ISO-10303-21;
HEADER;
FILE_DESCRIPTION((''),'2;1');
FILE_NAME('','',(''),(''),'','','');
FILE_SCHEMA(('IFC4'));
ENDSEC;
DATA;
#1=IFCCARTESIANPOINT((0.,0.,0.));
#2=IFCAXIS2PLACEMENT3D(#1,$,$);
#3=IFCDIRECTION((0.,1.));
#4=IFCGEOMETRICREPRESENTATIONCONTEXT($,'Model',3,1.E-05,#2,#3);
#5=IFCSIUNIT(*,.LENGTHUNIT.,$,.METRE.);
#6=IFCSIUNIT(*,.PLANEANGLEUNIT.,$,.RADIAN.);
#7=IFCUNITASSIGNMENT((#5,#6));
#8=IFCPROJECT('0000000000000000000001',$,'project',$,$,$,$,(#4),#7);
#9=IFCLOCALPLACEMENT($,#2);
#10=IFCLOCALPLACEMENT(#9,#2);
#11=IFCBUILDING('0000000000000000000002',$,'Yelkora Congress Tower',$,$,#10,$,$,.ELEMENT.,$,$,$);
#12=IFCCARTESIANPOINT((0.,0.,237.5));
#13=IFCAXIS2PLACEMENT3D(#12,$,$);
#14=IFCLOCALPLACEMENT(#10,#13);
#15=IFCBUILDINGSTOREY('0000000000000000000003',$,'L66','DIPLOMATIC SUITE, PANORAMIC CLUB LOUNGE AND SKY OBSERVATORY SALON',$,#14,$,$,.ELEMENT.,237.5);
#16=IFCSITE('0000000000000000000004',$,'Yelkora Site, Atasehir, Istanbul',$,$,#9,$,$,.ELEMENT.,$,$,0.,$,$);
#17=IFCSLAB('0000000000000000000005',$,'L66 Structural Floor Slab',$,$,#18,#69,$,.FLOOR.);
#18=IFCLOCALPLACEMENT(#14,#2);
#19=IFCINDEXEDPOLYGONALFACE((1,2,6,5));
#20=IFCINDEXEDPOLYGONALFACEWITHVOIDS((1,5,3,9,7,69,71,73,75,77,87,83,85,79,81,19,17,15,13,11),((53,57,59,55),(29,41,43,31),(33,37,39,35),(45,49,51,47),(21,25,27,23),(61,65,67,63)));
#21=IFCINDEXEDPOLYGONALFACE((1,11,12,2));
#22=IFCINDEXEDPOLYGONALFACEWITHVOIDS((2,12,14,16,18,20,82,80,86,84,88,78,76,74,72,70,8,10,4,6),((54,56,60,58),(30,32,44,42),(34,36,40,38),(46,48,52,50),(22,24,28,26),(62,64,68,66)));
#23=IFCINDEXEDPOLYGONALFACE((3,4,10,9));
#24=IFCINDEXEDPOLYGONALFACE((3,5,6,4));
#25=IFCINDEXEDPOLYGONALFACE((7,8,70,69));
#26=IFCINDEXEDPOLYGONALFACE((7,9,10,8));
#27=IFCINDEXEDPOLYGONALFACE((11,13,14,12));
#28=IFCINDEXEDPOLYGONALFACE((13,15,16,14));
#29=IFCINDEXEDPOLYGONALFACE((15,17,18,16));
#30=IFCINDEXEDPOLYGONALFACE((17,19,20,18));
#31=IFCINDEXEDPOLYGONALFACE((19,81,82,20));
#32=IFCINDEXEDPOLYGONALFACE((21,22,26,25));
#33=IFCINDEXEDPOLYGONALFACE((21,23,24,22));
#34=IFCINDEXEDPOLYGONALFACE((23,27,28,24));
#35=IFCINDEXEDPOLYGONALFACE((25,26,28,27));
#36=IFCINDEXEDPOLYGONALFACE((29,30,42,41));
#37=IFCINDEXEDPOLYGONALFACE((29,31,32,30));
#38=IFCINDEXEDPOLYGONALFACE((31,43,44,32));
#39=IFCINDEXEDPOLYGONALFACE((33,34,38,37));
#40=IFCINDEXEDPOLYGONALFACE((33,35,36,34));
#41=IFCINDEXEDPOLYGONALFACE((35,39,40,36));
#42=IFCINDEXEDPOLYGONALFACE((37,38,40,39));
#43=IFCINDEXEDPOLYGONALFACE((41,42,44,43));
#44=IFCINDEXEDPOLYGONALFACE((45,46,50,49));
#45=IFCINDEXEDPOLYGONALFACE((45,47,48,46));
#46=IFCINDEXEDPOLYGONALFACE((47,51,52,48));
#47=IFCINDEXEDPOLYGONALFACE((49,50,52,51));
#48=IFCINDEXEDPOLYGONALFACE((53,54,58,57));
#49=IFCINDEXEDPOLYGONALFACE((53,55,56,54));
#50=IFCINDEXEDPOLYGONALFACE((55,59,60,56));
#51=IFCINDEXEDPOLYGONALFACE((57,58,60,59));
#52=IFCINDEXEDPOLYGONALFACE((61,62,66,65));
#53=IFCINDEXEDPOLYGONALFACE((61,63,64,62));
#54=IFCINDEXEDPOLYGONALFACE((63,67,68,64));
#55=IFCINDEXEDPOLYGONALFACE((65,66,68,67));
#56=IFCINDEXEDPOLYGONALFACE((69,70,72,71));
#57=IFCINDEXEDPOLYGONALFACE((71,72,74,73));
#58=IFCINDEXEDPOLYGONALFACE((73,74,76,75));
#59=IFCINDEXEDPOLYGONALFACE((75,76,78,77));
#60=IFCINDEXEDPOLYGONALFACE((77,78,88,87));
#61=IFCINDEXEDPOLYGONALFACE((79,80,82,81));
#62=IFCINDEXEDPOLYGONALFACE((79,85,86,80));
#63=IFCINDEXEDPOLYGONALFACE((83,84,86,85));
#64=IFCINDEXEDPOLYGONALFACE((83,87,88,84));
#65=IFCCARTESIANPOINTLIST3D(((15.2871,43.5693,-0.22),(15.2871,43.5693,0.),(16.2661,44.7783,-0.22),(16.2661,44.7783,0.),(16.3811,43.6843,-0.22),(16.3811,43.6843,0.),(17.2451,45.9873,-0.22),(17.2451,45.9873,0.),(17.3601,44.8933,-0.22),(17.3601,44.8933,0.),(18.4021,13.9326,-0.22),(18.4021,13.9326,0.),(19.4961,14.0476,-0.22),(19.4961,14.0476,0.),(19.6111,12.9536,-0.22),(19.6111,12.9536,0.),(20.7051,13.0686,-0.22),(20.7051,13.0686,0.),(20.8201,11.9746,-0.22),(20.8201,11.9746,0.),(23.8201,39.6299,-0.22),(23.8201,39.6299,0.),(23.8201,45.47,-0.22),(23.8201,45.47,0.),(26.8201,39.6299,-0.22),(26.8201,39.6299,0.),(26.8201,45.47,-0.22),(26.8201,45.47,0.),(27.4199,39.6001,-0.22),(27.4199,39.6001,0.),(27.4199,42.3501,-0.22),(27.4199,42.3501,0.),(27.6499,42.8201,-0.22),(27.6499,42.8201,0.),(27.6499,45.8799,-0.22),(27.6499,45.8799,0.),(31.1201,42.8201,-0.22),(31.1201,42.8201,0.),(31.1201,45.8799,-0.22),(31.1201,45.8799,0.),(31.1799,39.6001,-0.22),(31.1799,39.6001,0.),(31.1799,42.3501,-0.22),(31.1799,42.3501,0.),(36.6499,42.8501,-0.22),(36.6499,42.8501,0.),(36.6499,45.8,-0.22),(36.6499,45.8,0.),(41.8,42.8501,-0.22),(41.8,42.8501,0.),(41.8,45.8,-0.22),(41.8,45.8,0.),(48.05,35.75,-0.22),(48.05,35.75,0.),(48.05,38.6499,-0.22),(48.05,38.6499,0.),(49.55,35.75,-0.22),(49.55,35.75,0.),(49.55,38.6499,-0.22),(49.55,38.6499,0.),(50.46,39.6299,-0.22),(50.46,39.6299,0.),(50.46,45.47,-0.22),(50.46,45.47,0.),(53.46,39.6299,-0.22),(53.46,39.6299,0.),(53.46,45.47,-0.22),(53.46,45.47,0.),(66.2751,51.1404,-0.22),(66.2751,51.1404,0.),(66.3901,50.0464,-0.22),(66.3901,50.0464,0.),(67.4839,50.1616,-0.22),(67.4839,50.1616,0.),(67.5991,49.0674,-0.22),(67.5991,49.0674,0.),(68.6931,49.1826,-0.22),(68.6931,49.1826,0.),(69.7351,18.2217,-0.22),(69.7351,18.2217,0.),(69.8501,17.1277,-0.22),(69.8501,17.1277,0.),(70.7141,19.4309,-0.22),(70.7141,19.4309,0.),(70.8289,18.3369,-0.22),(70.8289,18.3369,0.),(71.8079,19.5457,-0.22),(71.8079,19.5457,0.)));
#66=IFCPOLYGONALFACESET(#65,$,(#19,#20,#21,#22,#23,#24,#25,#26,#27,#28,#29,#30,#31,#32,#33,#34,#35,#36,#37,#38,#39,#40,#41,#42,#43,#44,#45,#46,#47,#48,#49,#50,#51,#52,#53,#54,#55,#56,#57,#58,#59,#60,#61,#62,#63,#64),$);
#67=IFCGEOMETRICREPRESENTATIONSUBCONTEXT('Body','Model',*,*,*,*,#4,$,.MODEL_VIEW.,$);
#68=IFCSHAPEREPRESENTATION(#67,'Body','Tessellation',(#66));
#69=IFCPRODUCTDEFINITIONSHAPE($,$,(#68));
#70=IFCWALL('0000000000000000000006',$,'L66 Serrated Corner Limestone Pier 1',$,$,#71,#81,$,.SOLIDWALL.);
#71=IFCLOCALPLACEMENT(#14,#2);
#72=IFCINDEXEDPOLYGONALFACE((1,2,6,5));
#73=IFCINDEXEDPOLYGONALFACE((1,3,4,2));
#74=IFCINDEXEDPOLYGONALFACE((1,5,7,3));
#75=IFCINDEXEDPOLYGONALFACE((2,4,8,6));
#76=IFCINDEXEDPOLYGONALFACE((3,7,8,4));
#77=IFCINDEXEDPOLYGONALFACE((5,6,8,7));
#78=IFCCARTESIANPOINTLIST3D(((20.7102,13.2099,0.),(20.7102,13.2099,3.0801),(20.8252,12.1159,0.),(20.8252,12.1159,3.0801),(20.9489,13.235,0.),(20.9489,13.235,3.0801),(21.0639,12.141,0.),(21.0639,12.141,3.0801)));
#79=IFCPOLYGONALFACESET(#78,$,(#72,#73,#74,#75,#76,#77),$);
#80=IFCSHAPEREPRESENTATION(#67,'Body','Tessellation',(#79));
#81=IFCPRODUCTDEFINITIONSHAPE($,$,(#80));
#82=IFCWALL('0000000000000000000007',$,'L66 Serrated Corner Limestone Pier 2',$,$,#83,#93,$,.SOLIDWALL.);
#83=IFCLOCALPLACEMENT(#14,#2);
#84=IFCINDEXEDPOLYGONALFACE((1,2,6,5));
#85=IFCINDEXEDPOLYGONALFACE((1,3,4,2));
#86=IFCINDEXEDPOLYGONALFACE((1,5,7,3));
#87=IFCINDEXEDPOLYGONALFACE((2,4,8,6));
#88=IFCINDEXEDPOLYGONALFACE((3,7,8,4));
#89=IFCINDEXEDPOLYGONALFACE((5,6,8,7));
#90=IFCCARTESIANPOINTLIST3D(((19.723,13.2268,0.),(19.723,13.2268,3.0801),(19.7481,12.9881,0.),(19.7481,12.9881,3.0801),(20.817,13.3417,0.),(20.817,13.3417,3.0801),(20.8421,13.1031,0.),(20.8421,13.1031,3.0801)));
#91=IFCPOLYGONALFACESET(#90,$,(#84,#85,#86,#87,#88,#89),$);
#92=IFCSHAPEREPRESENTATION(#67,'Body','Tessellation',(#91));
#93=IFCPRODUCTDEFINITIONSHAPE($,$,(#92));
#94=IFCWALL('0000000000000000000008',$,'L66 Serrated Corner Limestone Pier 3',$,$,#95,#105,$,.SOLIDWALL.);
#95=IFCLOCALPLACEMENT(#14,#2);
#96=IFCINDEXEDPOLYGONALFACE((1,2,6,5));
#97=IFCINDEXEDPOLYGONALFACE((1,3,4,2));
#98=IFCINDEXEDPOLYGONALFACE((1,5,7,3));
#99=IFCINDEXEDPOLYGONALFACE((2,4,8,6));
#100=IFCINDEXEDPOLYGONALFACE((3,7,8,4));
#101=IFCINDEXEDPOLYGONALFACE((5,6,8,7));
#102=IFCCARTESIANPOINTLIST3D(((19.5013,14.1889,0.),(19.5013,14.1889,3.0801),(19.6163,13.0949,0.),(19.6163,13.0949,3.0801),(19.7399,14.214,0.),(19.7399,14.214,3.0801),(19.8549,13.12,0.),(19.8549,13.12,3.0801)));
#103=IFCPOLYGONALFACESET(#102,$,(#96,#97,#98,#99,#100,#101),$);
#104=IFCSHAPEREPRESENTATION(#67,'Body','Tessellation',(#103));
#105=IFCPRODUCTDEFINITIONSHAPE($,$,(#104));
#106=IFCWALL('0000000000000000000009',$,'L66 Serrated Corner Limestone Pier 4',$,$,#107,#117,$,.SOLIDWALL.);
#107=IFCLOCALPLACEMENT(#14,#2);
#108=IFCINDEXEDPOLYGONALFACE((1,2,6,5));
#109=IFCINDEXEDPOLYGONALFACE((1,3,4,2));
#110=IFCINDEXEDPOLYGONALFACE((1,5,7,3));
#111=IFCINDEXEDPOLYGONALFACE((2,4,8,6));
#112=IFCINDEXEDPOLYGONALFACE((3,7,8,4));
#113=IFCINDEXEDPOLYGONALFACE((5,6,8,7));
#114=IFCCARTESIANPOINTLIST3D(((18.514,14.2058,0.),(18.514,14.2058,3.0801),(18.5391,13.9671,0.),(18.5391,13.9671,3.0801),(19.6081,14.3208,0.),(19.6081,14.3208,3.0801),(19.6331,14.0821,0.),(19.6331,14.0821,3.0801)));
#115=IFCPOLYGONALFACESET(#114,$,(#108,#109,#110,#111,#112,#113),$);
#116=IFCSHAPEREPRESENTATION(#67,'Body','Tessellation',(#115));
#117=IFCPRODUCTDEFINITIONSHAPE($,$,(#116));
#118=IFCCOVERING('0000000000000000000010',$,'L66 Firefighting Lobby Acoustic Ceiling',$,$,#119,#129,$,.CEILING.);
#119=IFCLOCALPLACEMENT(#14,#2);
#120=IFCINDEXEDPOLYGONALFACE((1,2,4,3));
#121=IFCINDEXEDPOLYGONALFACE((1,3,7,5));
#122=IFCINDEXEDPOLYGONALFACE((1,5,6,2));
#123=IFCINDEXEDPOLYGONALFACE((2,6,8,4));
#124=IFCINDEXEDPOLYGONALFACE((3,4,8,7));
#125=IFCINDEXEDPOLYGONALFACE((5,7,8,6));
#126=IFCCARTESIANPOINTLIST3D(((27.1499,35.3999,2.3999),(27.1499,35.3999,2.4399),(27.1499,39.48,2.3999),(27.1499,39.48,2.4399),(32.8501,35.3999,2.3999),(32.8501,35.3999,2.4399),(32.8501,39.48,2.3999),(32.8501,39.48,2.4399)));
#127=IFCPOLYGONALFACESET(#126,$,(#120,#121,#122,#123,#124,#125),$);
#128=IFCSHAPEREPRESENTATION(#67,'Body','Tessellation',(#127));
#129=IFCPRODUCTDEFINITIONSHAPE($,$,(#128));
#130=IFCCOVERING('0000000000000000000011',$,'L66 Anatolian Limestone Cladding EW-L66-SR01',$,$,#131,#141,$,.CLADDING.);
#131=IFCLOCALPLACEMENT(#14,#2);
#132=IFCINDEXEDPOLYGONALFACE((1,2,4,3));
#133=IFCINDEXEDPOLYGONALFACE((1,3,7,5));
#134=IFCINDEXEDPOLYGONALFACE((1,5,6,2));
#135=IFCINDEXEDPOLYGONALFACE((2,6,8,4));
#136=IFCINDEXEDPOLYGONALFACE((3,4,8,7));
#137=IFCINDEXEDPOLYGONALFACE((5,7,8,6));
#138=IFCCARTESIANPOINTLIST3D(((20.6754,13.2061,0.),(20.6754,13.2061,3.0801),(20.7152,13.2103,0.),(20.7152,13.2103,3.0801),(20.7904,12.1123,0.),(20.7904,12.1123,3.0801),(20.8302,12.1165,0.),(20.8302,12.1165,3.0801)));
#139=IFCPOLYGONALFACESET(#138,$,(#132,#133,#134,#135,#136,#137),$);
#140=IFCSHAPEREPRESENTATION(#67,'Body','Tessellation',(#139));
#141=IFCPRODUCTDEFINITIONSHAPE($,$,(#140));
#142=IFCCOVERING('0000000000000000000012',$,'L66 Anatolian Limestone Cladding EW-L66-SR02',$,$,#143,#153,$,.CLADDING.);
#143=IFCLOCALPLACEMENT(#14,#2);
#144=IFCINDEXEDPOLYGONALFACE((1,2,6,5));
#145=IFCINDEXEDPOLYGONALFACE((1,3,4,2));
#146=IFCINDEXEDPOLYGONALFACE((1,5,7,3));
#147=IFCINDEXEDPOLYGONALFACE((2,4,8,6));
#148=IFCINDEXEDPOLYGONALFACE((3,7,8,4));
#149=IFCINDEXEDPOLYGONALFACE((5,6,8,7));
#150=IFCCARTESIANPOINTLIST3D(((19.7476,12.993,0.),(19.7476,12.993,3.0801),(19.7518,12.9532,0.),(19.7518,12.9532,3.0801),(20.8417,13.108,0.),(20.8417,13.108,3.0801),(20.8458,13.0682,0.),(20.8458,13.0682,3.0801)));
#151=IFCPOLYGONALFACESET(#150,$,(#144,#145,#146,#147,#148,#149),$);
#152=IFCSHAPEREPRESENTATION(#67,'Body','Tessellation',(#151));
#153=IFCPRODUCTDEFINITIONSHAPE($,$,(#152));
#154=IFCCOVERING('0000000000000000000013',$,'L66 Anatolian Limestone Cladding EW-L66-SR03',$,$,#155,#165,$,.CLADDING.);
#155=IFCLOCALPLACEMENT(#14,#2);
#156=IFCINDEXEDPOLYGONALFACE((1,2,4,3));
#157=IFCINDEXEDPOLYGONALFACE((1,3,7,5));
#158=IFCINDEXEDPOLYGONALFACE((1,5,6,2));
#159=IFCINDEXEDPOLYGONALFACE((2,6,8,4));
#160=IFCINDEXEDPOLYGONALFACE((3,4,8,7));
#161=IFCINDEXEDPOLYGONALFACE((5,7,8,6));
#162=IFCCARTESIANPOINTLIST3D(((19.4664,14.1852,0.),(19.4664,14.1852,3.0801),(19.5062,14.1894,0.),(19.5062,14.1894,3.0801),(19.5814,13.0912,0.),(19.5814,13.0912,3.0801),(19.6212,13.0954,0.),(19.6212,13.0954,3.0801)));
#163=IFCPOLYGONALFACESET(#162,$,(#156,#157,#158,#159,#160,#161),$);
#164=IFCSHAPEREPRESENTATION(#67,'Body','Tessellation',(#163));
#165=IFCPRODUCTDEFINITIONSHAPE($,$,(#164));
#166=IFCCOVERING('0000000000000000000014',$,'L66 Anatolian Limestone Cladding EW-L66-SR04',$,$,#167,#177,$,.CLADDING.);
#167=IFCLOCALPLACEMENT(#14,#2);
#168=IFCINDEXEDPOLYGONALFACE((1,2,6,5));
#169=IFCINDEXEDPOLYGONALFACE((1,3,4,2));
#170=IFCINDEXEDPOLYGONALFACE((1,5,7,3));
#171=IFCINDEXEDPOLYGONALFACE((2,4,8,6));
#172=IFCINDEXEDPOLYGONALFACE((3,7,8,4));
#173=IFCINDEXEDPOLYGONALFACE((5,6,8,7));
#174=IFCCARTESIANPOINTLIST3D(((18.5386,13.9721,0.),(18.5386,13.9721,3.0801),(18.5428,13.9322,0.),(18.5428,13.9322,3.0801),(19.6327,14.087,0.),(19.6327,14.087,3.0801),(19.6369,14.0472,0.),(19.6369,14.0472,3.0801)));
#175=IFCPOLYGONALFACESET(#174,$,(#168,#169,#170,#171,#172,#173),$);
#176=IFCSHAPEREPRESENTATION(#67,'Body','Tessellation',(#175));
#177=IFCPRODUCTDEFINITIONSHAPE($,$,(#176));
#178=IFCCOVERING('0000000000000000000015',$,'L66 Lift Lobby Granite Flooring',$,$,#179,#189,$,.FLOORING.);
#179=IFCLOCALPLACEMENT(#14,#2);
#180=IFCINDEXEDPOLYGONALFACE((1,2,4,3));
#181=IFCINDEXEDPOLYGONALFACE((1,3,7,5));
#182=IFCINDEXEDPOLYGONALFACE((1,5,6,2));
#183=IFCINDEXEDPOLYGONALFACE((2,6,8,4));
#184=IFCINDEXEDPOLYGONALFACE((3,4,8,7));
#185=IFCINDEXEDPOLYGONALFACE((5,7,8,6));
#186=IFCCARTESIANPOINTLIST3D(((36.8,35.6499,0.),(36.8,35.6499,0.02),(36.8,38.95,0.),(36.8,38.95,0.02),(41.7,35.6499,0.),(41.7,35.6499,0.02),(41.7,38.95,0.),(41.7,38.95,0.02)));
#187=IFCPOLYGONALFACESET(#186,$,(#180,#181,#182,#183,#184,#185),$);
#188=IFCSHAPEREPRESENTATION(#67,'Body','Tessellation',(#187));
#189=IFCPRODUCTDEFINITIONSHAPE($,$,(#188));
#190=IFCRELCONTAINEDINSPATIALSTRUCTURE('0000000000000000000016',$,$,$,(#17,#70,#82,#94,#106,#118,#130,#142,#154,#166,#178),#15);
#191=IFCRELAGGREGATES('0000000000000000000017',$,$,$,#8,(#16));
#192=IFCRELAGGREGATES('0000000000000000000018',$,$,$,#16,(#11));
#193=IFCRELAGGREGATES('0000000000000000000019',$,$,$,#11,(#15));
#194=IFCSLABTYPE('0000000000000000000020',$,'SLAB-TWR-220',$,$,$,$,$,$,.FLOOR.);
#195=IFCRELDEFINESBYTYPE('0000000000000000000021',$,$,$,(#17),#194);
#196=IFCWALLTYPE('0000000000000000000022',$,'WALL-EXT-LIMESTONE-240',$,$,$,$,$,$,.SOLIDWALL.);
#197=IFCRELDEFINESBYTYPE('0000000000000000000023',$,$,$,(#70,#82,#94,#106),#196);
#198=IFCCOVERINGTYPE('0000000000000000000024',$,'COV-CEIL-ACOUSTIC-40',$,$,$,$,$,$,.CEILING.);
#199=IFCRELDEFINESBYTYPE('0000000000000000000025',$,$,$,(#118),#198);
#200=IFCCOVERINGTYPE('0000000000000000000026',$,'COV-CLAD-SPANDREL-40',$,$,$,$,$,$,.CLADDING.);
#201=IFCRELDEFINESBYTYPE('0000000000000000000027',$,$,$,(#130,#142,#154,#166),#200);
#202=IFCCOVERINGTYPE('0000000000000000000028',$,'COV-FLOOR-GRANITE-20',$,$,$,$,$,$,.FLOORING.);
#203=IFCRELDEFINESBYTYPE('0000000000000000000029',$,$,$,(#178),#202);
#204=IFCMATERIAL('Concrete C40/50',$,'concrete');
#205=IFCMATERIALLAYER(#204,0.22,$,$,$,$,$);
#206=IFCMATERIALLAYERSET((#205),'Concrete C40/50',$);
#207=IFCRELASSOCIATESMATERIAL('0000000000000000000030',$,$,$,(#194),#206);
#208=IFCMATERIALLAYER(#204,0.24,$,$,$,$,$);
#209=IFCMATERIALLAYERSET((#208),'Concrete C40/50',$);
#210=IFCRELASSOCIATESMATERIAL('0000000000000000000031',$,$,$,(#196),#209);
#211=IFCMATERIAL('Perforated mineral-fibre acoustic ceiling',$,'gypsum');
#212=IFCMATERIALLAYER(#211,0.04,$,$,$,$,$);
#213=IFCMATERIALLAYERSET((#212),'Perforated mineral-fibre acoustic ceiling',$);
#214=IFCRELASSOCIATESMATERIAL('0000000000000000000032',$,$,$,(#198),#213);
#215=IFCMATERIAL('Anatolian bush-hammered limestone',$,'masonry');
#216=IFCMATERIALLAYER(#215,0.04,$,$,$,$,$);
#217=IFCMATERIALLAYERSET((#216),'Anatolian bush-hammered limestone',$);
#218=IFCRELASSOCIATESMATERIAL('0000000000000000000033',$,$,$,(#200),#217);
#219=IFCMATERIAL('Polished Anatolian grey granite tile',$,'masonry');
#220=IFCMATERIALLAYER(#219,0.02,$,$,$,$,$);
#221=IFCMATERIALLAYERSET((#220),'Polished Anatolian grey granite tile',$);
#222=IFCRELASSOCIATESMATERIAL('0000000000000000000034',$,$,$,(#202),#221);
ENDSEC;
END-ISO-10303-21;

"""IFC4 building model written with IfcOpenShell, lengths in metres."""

from ifc_helpers import new_model, si_unit, direction, frame, frame_2d, origin, place, context, subcontext, project, spatial, polyline, rectangle, outline, extrude, material, layer, layer_set, type_object, element, save


model = new_model("IFC4")

# Units and contexts
model_context = context("Model", 3, precision=1e-05, world=origin(), true_north=direction((0.0, 1.0)))
body_context = subcontext(model_context, "Body", "Model", "MODEL_VIEW")
ifc_project = project(units=[si_unit("LENGTHUNIT", "METRE"), si_unit("PLANEANGLEUNIT", "RADIAN")], contexts=[model_context])

# Site, building, storey
site_placement = place(None, origin())
site = spatial("IfcSite", under=ifc_project, at=site_placement, Name="Yelkora Site, Atasehir, Istanbul", CompositionType="ELEMENT", RefElevation=0.0)
building_placement = place(site_placement, origin())
building = spatial("IfcBuilding", under=site, at=building_placement, Name="Yelkora Congress Tower", CompositionType="ELEMENT")
storey_placement = place(building_placement, frame((0.0, 0.0, 237.5)))
storey = spatial("IfcBuildingStorey", under=building, at=storey_placement, Name="L66", Description="DIPLOMATIC SUITE, PANORAMIC CLUB LOUNGE AND SKY OBSERVATORY SALON", CompositionType="ELEMENT", Elevation=237.5)

# Shared definitions
ifc_material_1 = material(Name="Concrete C40/50", Category="concrete")

# Slab
ifc_layer_1 = layer(ifc_material_1, 0.22)
ifc_layer_set_1 = layer_set([ifc_layer_1], Name="Concrete C40/50")
slab_type_1 = type_object("IfcSlabType", Name="SLAB-TWR-220", PredefinedType="FLOOR", material=ifc_layer_set_1)
slab_1_placement = place(storey_placement, frame((0.0, 0.0, -0.22)))
element("IfcSlab", 1, at=slab_1_placement, inside=storey, type_object=slab_type_1, Name="L66 Structural Floor Slab", PredefinedType="FLOOR", context=body_context, shape_type="SweptSolid", body=[
    extrude(outline(polyline([(20.8201, 11.9746), (69.8501, 17.1277), (69.7351, 18.2217), (70.8289, 18.3369), (70.7141, 19.4309), (71.8079, 19.5457), (68.6931, 49.1826), (67.5991, 49.0674), (67.4839, 50.1616), (66.3901, 50.0464), (66.2751, 51.1404), (17.2451, 45.9873), (17.3601, 44.8933), (16.2661, 44.7783), (16.3811, 43.6843), (15.2871, 43.5693), (18.4021, 13.9326), (19.4961, 14.0476), (19.6111, 12.9536), (20.7051, 13.0686), (20.8201, 11.9746)]), holes=[polyline([(23.8201, 39.6299), (26.8201, 39.6299), (26.8201, 45.47), (23.8201, 45.47), (23.8201, 39.6299)]), polyline([(50.46, 39.6299), (53.46, 39.6299), (53.46, 45.47), (50.46, 45.47), (50.46, 39.6299)]), polyline([(48.05, 35.75), (49.55, 35.75), (49.55, 38.6499), (48.05, 38.6499), (48.05, 35.75)]), polyline([(36.6499, 42.8501), (41.8, 42.8501), (41.8, 45.8), (36.6499, 45.8), (36.6499, 42.8501)]), polyline([(27.4199, 39.6001), (31.1799, 39.6001), (31.1799, 42.3501), (27.4199, 42.3501), (27.4199, 39.6001)]), polyline([(27.6499, 42.8201), (31.1201, 42.8201), (31.1201, 45.8799), (27.6499, 45.8799), (27.6499, 42.8201)])]), origin(), (0.0, 0.0, 1.0), 0.22),
])

# Walls
ifc_layer_2 = layer(ifc_material_1, 0.24)
ifc_layer_set_2 = layer_set([ifc_layer_2], Name="Concrete C40/50")
wall_type = type_object("IfcWallType", Name="WALL-EXT-LIMESTONE-240", PredefinedType="SOLIDWALL", material=ifc_layer_set_2)
for number, where, z_axis, x_axis, name in (
    (2, (20.9446, 12.1284, 0.0), (0.0, 0.0, 1.0), (-0.104535, 0.994521, 0.0), "L66 Serrated Corner Limestone Pier 1"),
    (3, (20.8296, 13.2224, 0.0), (0.0, 0.0, 1.0), (-0.994521, -0.104535, 0.0), "L66 Serrated Corner Limestone Pier 2"),
    (4, (19.7356, 13.1074, 0.0), (0.0, 0.0, 1.0), (-0.104535, 0.994521, 0.0), "L66 Serrated Corner Limestone Pier 3"),
    (5, (19.6206, 14.2014, 0.0), (0.0, 0.0, 1.0), (-0.994521, -0.104535, 0.0), "L66 Serrated Corner Limestone Pier 4"),
):
    element("IfcWall", number, at=place(storey_placement, frame(where, z_axis=z_axis, x_axis=x_axis)), inside=storey, type_object=wall_type, Name=name, PredefinedType="SOLIDWALL", context=body_context, shape_type="SweptSolid", body=[
        extrude(rectangle(XDim=1.1001, YDim=0.24, at=frame_2d((0.55, 0.0))), origin(), (0.0, 0.0, 1.0), 3.0801),
    ])

# Coverings
ifc_material_2 = material(Name="Perforated mineral-fibre acoustic ceiling", Category="gypsum")
ifc_layer_3 = layer(ifc_material_2, 0.04)
ifc_layer_set_3 = layer_set([ifc_layer_3], Name="Perforated mineral-fibre acoustic ceiling")
covering_type_1 = type_object("IfcCoveringType", Name="COV-CEIL-ACOUSTIC-40", PredefinedType="CEILING", material=ifc_layer_set_3)
covering_1_placement = place(storey_placement, frame((0.0, 0.0, 2.3999)))
element("IfcCovering", 6, at=covering_1_placement, inside=storey, type_object=covering_type_1, Name="L66 Firefighting Lobby Acoustic Ceiling", PredefinedType="CEILING", context=body_context, shape_type="SweptSolid", body=[
    extrude(outline(polyline([(27.1499, 35.3999), (32.8501, 35.3999), (32.8501, 39.48), (27.1499, 39.48), (27.1499, 35.3999)])), origin(), (0.0, 0.0, 1.0), 0.04),
])
ifc_material_3 = material(Name="Anatolian bush-hammered limestone", Category="masonry")
ifc_layer_4 = layer(ifc_material_3, 0.04)
ifc_layer_set_4 = layer_set([ifc_layer_4], Name="Anatolian bush-hammered limestone")
covering_type_2 = type_object("IfcCoveringType", Name="COV-CLAD-SPANDREL-40", PredefinedType="CLADDING", material=ifc_layer_set_4)
covering_2_placement = place(storey_placement, frame((20.8103, 12.1145, 0.0), z_axis=(0.0, 0.0, 1.0), x_axis=(-0.104558, 0.994519, 0.0)))
element("IfcCovering", 7, at=covering_2_placement, inside=storey, type_object=covering_type_2, Name="L66 Anatolian Limestone Cladding EW-L66-SR01", PredefinedType="CLADDING", context=body_context, shape_type="SweptSolid", body=[
    extrude(rectangle(XDim=1.0999, YDim=0.04, at=frame_2d((0.5498, 0.0))), origin(), (0.0, 0.0, 1.0), 3.0801),
])
for number, where, z_axis, x_axis, name in (
    (8, (20.8438, 13.0881, 0.0), (0.0, 0.0, 1.0), (-0.994521, -0.104535, 0.0), "L66 Anatolian Limestone Cladding EW-L66-SR02"),
    (9, (19.6013, 13.0933, 0.0), (0.0, 0.0, 1.0), (-0.104535, 0.994521, 0.0), "L66 Anatolian Limestone Cladding EW-L66-SR03"),
    (10, (19.6348, 14.0671, 0.0), (0.0, 0.0, 1.0), (-0.994521, -0.104535, 0.0), "L66 Anatolian Limestone Cladding EW-L66-SR04"),
):
    element("IfcCovering", number, at=place(storey_placement, frame(where, z_axis=z_axis, x_axis=x_axis)), inside=storey, type_object=covering_type_2, Name=name, PredefinedType="CLADDING", context=body_context, shape_type="SweptSolid", body=[
        extrude(rectangle(XDim=1.1001, YDim=0.04, at=frame_2d((0.55, 0.0))), origin(), (0.0, 0.0, 1.0), 3.0801),
    ])
ifc_material_4 = material(Name="Polished Anatolian grey granite tile", Category="masonry")
ifc_layer_5 = layer(ifc_material_4, 0.02)
ifc_layer_set_5 = layer_set([ifc_layer_5], Name="Polished Anatolian grey granite tile")
covering_type_3 = type_object("IfcCoveringType", Name="COV-FLOOR-GRANITE-20", PredefinedType="FLOORING", material=ifc_layer_set_5)
covering_3_placement = place(storey_placement, origin())
element("IfcCovering", 11, at=covering_3_placement, inside=storey, type_object=covering_type_3, Name="L66 Lift Lobby Granite Flooring", PredefinedType="FLOORING", context=body_context, shape_type="SweptSolid", body=[
    extrude(outline(polyline([(36.8, 35.6499), (41.7, 35.6499), (41.7, 38.95), (36.8, 38.95), (36.8, 35.6499)])), origin(), (0.0, 0.0, 1.0), 0.02),
])

save(model, "model.ifc")
